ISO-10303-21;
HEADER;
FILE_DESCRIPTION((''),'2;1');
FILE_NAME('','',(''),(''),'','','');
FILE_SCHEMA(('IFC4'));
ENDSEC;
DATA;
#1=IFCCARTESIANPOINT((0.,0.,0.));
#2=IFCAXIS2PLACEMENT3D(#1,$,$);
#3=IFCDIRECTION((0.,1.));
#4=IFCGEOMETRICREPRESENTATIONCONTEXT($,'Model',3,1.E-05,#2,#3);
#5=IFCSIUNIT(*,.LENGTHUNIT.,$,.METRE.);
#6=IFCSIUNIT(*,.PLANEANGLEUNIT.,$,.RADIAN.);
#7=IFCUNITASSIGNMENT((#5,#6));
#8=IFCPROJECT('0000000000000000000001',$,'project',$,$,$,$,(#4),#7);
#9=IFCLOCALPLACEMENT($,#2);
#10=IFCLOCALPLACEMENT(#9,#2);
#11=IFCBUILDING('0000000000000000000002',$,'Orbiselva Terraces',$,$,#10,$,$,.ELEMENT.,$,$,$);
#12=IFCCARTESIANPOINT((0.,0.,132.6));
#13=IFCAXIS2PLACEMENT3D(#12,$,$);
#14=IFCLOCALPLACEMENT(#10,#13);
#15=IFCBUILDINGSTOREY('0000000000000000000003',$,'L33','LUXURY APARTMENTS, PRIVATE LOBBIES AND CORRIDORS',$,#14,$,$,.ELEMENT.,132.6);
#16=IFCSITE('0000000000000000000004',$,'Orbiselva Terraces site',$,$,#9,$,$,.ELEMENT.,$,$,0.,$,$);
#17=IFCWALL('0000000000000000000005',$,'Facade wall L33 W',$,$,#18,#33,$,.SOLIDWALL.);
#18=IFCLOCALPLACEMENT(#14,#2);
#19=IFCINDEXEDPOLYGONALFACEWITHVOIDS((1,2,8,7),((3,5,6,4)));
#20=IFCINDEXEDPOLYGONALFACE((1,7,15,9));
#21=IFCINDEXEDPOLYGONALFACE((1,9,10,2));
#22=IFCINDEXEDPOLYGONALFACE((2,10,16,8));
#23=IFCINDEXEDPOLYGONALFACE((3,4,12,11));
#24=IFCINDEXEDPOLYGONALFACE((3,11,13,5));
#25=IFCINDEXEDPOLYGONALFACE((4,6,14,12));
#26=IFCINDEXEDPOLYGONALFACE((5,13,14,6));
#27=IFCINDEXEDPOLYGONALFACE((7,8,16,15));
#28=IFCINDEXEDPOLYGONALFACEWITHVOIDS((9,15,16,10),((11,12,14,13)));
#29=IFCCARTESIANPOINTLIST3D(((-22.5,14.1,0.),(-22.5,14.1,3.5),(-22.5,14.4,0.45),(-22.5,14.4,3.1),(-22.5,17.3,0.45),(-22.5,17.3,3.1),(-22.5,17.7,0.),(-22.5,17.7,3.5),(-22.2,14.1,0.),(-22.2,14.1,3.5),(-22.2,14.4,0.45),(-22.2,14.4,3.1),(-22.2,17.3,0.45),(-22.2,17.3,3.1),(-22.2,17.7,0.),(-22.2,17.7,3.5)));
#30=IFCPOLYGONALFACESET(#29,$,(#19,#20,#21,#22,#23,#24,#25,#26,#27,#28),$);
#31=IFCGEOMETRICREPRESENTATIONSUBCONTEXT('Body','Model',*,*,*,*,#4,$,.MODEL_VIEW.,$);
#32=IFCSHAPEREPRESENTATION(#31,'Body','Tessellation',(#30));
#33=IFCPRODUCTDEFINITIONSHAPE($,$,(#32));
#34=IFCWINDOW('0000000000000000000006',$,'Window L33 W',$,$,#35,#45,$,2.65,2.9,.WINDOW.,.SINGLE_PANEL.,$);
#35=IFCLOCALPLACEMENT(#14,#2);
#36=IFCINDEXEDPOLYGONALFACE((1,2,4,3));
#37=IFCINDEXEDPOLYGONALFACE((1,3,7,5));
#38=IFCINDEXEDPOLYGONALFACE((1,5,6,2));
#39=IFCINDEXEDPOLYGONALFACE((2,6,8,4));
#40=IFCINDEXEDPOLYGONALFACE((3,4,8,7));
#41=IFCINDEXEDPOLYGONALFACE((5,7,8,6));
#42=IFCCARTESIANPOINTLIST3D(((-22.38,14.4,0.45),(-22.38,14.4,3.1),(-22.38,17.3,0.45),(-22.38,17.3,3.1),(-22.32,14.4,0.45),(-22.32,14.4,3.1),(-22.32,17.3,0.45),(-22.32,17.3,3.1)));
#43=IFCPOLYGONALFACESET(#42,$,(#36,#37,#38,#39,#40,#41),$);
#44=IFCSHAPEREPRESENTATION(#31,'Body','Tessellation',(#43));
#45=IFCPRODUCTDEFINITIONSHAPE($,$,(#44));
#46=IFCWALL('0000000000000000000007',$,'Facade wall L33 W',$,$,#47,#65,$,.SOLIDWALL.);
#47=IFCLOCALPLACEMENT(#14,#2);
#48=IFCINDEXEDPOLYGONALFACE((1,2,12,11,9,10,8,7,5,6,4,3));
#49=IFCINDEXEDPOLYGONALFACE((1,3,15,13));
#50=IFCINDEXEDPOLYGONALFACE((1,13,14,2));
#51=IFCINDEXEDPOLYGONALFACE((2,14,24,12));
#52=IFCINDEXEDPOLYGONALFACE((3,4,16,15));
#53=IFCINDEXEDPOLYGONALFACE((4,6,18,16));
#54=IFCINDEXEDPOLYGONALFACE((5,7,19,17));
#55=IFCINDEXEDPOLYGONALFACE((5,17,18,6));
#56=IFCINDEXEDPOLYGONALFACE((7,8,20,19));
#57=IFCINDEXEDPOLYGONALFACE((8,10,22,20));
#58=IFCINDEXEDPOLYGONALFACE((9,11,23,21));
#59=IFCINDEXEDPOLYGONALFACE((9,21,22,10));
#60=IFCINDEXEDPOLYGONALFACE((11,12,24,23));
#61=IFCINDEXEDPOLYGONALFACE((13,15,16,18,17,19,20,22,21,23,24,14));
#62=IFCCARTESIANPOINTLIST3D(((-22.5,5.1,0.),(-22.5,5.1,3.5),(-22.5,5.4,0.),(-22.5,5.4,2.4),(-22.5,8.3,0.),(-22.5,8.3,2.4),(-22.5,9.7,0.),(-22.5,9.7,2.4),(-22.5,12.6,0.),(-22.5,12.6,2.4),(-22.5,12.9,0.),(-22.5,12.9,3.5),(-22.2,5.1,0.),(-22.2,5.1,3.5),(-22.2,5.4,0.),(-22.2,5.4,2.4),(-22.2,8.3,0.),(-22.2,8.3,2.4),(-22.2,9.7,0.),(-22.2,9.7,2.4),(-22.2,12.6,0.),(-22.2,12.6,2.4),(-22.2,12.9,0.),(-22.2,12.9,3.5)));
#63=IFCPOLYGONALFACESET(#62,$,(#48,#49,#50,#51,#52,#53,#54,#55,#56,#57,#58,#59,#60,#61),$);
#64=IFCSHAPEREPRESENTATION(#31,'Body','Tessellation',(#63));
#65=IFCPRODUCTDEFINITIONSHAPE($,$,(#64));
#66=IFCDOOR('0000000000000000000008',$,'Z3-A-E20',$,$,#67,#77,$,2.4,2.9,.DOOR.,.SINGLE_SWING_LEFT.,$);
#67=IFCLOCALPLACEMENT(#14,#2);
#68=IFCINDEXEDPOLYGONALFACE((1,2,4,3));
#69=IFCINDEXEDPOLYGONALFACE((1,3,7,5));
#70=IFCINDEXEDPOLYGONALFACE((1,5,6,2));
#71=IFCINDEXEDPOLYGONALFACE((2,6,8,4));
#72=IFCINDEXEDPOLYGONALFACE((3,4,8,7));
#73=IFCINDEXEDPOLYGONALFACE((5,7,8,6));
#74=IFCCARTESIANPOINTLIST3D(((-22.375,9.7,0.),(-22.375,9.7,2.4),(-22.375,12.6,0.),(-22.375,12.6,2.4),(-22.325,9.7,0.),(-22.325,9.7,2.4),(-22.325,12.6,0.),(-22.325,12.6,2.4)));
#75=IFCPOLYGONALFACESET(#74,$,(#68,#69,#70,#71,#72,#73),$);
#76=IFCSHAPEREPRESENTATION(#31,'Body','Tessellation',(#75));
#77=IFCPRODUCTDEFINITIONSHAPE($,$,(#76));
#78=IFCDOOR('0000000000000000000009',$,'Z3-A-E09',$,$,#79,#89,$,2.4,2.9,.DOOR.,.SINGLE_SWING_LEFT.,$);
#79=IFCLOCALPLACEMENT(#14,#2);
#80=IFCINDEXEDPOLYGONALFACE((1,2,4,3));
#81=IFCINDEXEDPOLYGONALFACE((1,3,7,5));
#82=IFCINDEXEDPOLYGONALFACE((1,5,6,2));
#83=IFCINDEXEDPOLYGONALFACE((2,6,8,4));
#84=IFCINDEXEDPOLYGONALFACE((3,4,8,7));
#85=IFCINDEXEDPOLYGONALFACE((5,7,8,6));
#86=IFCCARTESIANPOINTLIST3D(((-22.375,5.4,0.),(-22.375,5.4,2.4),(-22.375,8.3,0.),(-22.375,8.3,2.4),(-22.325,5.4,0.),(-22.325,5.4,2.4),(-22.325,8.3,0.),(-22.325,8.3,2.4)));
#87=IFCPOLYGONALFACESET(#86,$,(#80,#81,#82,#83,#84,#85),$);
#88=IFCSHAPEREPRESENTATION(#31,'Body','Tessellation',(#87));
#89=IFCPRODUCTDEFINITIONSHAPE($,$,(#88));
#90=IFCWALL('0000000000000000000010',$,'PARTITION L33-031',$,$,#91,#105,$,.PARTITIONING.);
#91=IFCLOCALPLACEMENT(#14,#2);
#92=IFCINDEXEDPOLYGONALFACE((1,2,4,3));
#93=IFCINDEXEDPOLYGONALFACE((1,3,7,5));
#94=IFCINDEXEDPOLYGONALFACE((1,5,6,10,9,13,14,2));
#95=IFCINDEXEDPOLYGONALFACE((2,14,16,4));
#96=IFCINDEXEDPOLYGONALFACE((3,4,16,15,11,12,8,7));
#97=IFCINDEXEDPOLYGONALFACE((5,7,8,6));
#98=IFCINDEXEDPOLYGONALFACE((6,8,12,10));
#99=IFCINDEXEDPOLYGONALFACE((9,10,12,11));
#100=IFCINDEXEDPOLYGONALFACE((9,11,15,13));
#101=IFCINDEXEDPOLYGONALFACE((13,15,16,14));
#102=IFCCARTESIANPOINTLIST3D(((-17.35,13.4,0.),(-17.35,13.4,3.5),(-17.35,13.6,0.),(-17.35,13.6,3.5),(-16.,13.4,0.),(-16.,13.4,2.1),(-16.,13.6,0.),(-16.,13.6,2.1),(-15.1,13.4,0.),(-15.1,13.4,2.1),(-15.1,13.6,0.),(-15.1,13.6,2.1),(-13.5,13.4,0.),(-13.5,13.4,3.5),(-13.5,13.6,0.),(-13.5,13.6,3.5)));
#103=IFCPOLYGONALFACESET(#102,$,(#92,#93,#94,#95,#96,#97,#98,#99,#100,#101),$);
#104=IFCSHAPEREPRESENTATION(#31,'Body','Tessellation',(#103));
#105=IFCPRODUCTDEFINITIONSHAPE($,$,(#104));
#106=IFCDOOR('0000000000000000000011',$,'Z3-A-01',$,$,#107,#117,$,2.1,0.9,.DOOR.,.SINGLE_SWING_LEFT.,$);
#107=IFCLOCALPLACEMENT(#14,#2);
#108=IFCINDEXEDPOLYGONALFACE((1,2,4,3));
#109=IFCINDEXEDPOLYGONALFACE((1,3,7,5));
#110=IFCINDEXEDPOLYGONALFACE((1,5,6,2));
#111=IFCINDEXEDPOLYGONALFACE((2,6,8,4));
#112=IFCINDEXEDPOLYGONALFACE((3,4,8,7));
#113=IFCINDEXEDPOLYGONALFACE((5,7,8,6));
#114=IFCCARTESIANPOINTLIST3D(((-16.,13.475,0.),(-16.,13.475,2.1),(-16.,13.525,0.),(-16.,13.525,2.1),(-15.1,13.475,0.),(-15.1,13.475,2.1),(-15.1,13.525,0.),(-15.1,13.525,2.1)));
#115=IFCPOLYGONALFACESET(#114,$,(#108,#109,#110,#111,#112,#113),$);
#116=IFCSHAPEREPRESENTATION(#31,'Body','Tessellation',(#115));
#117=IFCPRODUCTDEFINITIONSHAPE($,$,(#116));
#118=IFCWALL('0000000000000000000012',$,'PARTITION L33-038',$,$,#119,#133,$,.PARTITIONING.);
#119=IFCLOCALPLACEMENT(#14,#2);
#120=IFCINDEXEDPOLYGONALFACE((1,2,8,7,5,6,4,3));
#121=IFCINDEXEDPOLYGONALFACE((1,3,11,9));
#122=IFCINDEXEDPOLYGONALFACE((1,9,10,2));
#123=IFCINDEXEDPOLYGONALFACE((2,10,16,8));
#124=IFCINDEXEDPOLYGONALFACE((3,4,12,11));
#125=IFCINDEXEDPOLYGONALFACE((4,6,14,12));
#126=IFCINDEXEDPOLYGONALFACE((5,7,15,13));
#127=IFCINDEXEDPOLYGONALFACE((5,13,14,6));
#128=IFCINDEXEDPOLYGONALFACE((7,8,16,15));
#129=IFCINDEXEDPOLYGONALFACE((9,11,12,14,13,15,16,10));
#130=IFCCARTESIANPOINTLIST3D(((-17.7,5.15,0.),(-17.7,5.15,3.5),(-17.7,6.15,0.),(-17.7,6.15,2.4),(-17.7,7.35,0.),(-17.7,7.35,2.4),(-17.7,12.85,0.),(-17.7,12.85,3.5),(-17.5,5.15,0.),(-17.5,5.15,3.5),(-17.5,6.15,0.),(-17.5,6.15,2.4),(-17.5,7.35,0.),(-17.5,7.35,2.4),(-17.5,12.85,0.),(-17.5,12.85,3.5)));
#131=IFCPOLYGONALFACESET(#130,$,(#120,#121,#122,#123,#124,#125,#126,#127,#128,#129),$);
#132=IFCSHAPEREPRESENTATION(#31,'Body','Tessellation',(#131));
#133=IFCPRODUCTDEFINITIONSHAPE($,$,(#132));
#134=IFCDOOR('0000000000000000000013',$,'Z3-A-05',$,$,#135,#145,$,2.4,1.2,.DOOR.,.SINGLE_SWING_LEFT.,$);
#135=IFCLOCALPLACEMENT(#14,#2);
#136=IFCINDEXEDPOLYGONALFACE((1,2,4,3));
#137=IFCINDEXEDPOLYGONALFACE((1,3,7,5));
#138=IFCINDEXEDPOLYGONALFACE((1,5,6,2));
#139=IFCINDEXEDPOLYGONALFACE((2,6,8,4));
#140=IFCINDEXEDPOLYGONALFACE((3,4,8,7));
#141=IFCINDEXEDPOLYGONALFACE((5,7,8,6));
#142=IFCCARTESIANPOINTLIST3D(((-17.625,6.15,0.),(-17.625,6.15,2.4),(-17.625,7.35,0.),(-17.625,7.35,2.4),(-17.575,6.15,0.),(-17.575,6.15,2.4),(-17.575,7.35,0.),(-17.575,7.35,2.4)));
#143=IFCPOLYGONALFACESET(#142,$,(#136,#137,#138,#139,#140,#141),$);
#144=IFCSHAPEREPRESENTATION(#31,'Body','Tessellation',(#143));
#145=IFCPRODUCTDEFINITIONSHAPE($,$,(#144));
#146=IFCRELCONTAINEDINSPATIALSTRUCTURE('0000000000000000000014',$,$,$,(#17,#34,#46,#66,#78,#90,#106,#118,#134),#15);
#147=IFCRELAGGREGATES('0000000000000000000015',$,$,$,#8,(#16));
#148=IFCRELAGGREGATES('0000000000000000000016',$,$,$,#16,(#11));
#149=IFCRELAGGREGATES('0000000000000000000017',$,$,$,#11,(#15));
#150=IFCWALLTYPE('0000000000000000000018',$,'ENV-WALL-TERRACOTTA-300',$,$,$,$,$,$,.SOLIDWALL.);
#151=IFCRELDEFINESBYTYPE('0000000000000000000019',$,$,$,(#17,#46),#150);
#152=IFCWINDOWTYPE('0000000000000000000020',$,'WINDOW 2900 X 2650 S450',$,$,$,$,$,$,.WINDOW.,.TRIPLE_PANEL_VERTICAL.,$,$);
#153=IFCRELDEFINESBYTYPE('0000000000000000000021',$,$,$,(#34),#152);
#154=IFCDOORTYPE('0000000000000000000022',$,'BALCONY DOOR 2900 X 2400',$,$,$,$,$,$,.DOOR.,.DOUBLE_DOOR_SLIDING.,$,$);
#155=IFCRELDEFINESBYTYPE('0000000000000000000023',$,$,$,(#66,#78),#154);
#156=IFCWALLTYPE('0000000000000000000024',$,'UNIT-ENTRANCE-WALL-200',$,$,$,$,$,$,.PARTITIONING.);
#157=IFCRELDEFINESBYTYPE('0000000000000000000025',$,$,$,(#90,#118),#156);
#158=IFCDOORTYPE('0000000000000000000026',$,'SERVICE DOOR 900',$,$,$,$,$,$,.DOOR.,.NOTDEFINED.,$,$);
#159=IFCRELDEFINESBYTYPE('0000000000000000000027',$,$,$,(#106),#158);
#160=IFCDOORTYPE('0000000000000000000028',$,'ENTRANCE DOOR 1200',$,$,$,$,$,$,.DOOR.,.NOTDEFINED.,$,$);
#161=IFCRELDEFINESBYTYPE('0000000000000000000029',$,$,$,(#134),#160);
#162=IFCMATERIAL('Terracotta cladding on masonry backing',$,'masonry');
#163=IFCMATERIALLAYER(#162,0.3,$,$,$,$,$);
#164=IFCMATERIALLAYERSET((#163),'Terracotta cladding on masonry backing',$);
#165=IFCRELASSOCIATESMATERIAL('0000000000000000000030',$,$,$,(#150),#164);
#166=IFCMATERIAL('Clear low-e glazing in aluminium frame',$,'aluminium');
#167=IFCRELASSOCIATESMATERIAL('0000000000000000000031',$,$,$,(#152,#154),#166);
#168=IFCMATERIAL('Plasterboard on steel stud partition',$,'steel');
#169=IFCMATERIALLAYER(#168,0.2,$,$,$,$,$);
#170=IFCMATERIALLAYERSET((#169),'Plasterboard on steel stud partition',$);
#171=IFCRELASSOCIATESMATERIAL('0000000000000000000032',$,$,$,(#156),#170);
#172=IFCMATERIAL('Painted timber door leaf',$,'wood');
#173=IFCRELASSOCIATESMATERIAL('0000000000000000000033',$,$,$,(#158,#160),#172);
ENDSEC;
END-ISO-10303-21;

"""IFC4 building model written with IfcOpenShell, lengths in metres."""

from ifc_helpers import new_model, si_unit, direction, frame, frame_2d, origin, place, context, subcontext, project, spatial, rectangle, extrude, material, layer, layer_set, type_object, element, fill, save


model = new_model("IFC4")

# Units and contexts
model_context = context("Model", 3, precision=1e-05, world=origin(), true_north=direction((0.0, 1.0)))
body_context = subcontext(model_context, "Body", "Model", "MODEL_VIEW")
ifc_project = project(units=[si_unit("LENGTHUNIT", "METRE"), si_unit("PLANEANGLEUNIT", "RADIAN")], contexts=[model_context])

# Site, building, storey
site_placement = place(None, origin())
site = spatial("IfcSite", under=ifc_project, at=site_placement, Name="Orbiselva Terraces site", CompositionType="ELEMENT", RefElevation=0.0)
building_placement = place(site_placement, origin())
building = spatial("IfcBuilding", under=site, at=building_placement, Name="Orbiselva Terraces", CompositionType="ELEMENT")
storey_placement = place(building_placement, frame((0.0, 0.0, 132.6)))
storey = spatial("IfcBuildingStorey", under=building, at=storey_placement, Name="L33", Description="LUXURY APARTMENTS, PRIVATE LOBBIES AND CORRIDORS", CompositionType="ELEMENT", Elevation=132.6)

# Shared definitions
ifc_material_1 = material(Name="Terracotta cladding on masonry backing", Category="masonry")
ifc_layer_1 = layer(ifc_material_1, 0.3)
ifc_layer_set_1 = layer_set([ifc_layer_1], Name="Terracotta cladding on masonry backing")
wall_type_1 = type_object("IfcWallType", Name="ENV-WALL-TERRACOTTA-300", PredefinedType="SOLIDWALL", material=ifc_layer_set_1)

# Wall, opening, window
wall_1_placement = place(storey_placement, frame((-22.35, 14.1, 0.0), z_axis=(0.0, 0.0, 1.0), x_axis=(0.0, 1.0, 0.0)))
wall_1 = element("IfcWall", 1, at=wall_1_placement, inside=storey, type_object=wall_type_1, Name="Facade wall L33 W", PredefinedType="SOLIDWALL", context=body_context, shape_type="SweptSolid", body=[
    extrude(rectangle(XDim=3.6, YDim=0.3, at=frame_2d((1.8, 0.0))), origin(), (0.0, 0.0, 1.0), 3.5),
])
opening_1_placement = place(wall_1_placement, frame((0.3, 0.0, 0.45)))
opening_1 = element("IfcOpeningElement", 2, at=opening_1_placement, cuts=wall_1, PredefinedType="OPENING", context=body_context, shape_type="SweptSolid", body=[
    extrude(rectangle(XDim=2.9, YDim=2.65, at=frame_2d((1.45, 1.325))), frame((0.0, 0.16, 0.0), z_axis=(0.0, -1.0, 0.0), x_axis=(1.0, 0.0, 0.0)), (0.0, 0.0, 1.0), 0.32),
])
ifc_material_2 = material(Name="Clear low-e glazing in aluminium frame", Category="aluminium")
window_type = type_object("IfcWindowType", Name="WINDOW 2900 X 2650 S450", PartitioningType="TRIPLE_PANEL_VERTICAL", PredefinedType="WINDOW", material=ifc_material_2)
window_placement = place(opening_1_placement, origin())
window = element("IfcWindow", 3, at=window_placement, inside=storey, type_object=window_type, Name="Window L33 W", OverallHeight=2.65, OverallWidth=2.9, PartitioningType="SINGLE_PANEL", PredefinedType="WINDOW", context=body_context, shape_type="SweptSolid", body=[
    extrude(rectangle(XDim=2.9, YDim=2.65, at=frame_2d((1.45, 1.325))), frame((0.0, 0.03, 0.0), z_axis=(0.0, -1.0, 0.0), x_axis=(1.0, 0.0, 0.0)), (0.0, 0.0, 1.0), 0.06),
])
fill(opening_1, window)

# Wall, openings, doors
wall_2_placement = place(storey_placement, frame((-22.35, 5.1, 0.0), z_axis=(0.0, 0.0, 1.0), x_axis=(0.0, 1.0, 0.0)))
wall_2 = element("IfcWall", 4, at=wall_2_placement, inside=storey, type_object=wall_type_1, Name="Facade wall L33 W", PredefinedType="SOLIDWALL", context=body_context, shape_type="SweptSolid", body=[
    extrude(rectangle(XDim=7.8, YDim=0.3, at=frame_2d((3.9, 0.0))), origin(), (0.0, 0.0, 1.0), 3.5),
])
opening_2_placement = place(wall_2_placement, frame((4.6, 0.0, 0.0)))
opening_2 = element("IfcOpeningElement", 5, at=opening_2_placement, cuts=wall_2, PredefinedType="OPENING", context=body_context, shape_type="SweptSolid", body=[
    extrude(rectangle(XDim=2.9, YDim=2.4, at=frame_2d((1.45, 1.2))), frame((0.0, 0.16, 0.0), z_axis=(0.0, -1.0, 0.0), x_axis=(1.0, 0.0, 0.0)), (0.0, 0.0, 1.0), 0.32),
])
opening_3_placement = place(wall_2_placement, frame((0.3, 0.0, 0.0)))
opening_3 = element("IfcOpeningElement", 6, at=opening_3_placement, cuts=wall_2, PredefinedType="OPENING", context=body_context, shape_type="SweptSolid", body=[
    extrude(rectangle(XDim=2.9, YDim=2.4, at=frame_2d((1.45, 1.2))), frame((0.0, 0.16, 0.0), z_axis=(0.0, -1.0, 0.0), x_axis=(1.0, 0.0, 0.0)), (0.0, 0.0, 1.0), 0.32),
])
door_type_1 = type_object("IfcDoorType", Name="BALCONY DOOR 2900 X 2400", OperationType="DOUBLE_DOOR_SLIDING", PredefinedType="DOOR", material=ifc_material_2)
door_1_placement = place(opening_2_placement, origin())
door_1 = element("IfcDoor", 7, at=door_1_placement, inside=storey, type_object=door_type_1, Name="Z3-A-E20", OperationType="SINGLE_SWING_LEFT", OverallHeight=2.4, OverallWidth=2.9, PredefinedType="DOOR", context=body_context, shape_type="SweptSolid", body=[
    extrude(rectangle(XDim=2.9, YDim=2.4, at=frame_2d((1.45, 1.2))), frame((0.0, 0.025, 0.0), z_axis=(0.0, -1.0, 0.0), x_axis=(1.0, 0.0, 0.0)), (0.0, 0.0, 1.0), 0.05),
])
fill(opening_2, door_1)
door_2_placement = place(opening_3_placement, origin())
door_2 = element("IfcDoor", 8, at=door_2_placement, inside=storey, type_object=door_type_1, Name="Z3-A-E09", OperationType="SINGLE_SWING_LEFT", OverallHeight=2.4, OverallWidth=2.9, PredefinedType="DOOR", context=body_context, shape_type="SweptSolid", body=[
    extrude(rectangle(XDim=2.9, YDim=2.4, at=frame_2d((1.45, 1.2))), frame((0.0, 0.025, 0.0), z_axis=(0.0, -1.0, 0.0), x_axis=(1.0, 0.0, 0.0)), (0.0, 0.0, 1.0), 0.05),
])
fill(opening_3, door_2)

# Walls, openings, doors
ifc_material_3 = material(Name="Plasterboard on steel stud partition", Category="steel")
ifc_layer_2 = layer(ifc_material_3, 0.2)
ifc_layer_set_2 = layer_set([ifc_layer_2], Name="Plasterboard on steel stud partition")
wall_type_2 = type_object("IfcWallType", Name="UNIT-ENTRANCE-WALL-200", PredefinedType="PARTITIONING", material=ifc_layer_set_2)
wall_3_placement = place(storey_placement, frame((-17.35, 13.5, 0.0), z_axis=(0.0, 0.0, 1.0), x_axis=(1.0, 0.0, 0.0)))
wall_3 = element("IfcWall", 9, at=wall_3_placement, inside=storey, type_object=wall_type_2, Name="PARTITION L33-031", PredefinedType="PARTITIONING", context=body_context, shape_type="SweptSolid", body=[
    extrude(rectangle(XDim=3.85, YDim=0.2, at=frame_2d((1.925, 0.0))), origin(), (0.0, 0.0, 1.0), 3.5),
])
opening_4_placement = place(wall_3_placement, frame((1.35, 0.0, 0.0)))
opening_4 = element("IfcOpeningElement", 10, at=opening_4_placement, cuts=wall_3, PredefinedType="OPENING", context=body_context, shape_type="SweptSolid", body=[
    extrude(rectangle(XDim=0.9, YDim=2.1, at=frame_2d((0.45, 1.05))), frame((0.0, 0.11, 0.0), z_axis=(0.0, -1.0, 0.0), x_axis=(1.0, 0.0, 0.0)), (0.0, 0.0, 1.0), 0.22),
])
ifc_material_4 = material(Name="Painted timber door leaf", Category="wood")
door_type_2 = type_object("IfcDoorType", Name="SERVICE DOOR 900", OperationType="NOTDEFINED", PredefinedType="DOOR", material=ifc_material_4)
door_3_placement = place(opening_4_placement, origin())
door_3 = element("IfcDoor", 11, at=door_3_placement, inside=storey, type_object=door_type_2, Name="Z3-A-01", OperationType="SINGLE_SWING_LEFT", OverallHeight=2.1, OverallWidth=0.9, PredefinedType="DOOR", context=body_context, shape_type="SweptSolid", body=[
    extrude(rectangle(XDim=0.9, YDim=2.1, at=frame_2d((0.45, 1.05))), frame((0.0, 0.025, 0.0), z_axis=(0.0, -1.0, 0.0), x_axis=(1.0, 0.0, 0.0)), (0.0, 0.0, 1.0), 0.05),
])
fill(opening_4, door_3)
wall_4_placement = place(storey_placement, frame((-17.6, 5.15, 0.0), z_axis=(0.0, 0.0, 1.0), x_axis=(0.0, 1.0, 0.0)))
wall_4 = element("IfcWall", 12, at=wall_4_placement, inside=storey, type_object=wall_type_2, Name="PARTITION L33-038", PredefinedType="PARTITIONING", context=body_context, shape_type="SweptSolid", body=[
    extrude(rectangle(XDim=7.7, YDim=0.2, at=frame_2d((3.85, 0.0))), origin(), (0.0, 0.0, 1.0), 3.5),
])
opening_5_placement = place(wall_4_placement, frame((1.0, 0.0, 0.0)))
opening_5 = element("IfcOpeningElement", 13, at=opening_5_placement, cuts=wall_4, PredefinedType="OPENING", context=body_context, shape_type="SweptSolid", body=[
    extrude(rectangle(XDim=1.2, YDim=2.4, at=frame_2d((0.6, 1.2))), frame((0.0, 0.11, 0.0), z_axis=(0.0, -1.0, 0.0), x_axis=(1.0, 0.0, 0.0)), (0.0, 0.0, 1.0), 0.22),
])
door_type_3 = type_object("IfcDoorType", Name="ENTRANCE DOOR 1200", OperationType="NOTDEFINED", PredefinedType="DOOR", material=ifc_material_4)
door_4_placement = place(opening_5_placement, origin())
door_4 = element("IfcDoor", 14, at=door_4_placement, inside=storey, type_object=door_type_3, Name="Z3-A-05", OperationType="SINGLE_SWING_LEFT", OverallHeight=2.4, OverallWidth=1.2, PredefinedType="DOOR", context=body_context, shape_type="SweptSolid", body=[
    extrude(rectangle(XDim=1.2, YDim=2.4, at=frame_2d((0.6, 1.2))), frame((0.0, 0.025, 0.0), z_axis=(0.0, -1.0, 0.0), x_axis=(1.0, 0.0, 0.0)), (0.0, 0.0, 1.0), 0.05),
])
fill(opening_5, door_4)

save(model, "model.ifc")
